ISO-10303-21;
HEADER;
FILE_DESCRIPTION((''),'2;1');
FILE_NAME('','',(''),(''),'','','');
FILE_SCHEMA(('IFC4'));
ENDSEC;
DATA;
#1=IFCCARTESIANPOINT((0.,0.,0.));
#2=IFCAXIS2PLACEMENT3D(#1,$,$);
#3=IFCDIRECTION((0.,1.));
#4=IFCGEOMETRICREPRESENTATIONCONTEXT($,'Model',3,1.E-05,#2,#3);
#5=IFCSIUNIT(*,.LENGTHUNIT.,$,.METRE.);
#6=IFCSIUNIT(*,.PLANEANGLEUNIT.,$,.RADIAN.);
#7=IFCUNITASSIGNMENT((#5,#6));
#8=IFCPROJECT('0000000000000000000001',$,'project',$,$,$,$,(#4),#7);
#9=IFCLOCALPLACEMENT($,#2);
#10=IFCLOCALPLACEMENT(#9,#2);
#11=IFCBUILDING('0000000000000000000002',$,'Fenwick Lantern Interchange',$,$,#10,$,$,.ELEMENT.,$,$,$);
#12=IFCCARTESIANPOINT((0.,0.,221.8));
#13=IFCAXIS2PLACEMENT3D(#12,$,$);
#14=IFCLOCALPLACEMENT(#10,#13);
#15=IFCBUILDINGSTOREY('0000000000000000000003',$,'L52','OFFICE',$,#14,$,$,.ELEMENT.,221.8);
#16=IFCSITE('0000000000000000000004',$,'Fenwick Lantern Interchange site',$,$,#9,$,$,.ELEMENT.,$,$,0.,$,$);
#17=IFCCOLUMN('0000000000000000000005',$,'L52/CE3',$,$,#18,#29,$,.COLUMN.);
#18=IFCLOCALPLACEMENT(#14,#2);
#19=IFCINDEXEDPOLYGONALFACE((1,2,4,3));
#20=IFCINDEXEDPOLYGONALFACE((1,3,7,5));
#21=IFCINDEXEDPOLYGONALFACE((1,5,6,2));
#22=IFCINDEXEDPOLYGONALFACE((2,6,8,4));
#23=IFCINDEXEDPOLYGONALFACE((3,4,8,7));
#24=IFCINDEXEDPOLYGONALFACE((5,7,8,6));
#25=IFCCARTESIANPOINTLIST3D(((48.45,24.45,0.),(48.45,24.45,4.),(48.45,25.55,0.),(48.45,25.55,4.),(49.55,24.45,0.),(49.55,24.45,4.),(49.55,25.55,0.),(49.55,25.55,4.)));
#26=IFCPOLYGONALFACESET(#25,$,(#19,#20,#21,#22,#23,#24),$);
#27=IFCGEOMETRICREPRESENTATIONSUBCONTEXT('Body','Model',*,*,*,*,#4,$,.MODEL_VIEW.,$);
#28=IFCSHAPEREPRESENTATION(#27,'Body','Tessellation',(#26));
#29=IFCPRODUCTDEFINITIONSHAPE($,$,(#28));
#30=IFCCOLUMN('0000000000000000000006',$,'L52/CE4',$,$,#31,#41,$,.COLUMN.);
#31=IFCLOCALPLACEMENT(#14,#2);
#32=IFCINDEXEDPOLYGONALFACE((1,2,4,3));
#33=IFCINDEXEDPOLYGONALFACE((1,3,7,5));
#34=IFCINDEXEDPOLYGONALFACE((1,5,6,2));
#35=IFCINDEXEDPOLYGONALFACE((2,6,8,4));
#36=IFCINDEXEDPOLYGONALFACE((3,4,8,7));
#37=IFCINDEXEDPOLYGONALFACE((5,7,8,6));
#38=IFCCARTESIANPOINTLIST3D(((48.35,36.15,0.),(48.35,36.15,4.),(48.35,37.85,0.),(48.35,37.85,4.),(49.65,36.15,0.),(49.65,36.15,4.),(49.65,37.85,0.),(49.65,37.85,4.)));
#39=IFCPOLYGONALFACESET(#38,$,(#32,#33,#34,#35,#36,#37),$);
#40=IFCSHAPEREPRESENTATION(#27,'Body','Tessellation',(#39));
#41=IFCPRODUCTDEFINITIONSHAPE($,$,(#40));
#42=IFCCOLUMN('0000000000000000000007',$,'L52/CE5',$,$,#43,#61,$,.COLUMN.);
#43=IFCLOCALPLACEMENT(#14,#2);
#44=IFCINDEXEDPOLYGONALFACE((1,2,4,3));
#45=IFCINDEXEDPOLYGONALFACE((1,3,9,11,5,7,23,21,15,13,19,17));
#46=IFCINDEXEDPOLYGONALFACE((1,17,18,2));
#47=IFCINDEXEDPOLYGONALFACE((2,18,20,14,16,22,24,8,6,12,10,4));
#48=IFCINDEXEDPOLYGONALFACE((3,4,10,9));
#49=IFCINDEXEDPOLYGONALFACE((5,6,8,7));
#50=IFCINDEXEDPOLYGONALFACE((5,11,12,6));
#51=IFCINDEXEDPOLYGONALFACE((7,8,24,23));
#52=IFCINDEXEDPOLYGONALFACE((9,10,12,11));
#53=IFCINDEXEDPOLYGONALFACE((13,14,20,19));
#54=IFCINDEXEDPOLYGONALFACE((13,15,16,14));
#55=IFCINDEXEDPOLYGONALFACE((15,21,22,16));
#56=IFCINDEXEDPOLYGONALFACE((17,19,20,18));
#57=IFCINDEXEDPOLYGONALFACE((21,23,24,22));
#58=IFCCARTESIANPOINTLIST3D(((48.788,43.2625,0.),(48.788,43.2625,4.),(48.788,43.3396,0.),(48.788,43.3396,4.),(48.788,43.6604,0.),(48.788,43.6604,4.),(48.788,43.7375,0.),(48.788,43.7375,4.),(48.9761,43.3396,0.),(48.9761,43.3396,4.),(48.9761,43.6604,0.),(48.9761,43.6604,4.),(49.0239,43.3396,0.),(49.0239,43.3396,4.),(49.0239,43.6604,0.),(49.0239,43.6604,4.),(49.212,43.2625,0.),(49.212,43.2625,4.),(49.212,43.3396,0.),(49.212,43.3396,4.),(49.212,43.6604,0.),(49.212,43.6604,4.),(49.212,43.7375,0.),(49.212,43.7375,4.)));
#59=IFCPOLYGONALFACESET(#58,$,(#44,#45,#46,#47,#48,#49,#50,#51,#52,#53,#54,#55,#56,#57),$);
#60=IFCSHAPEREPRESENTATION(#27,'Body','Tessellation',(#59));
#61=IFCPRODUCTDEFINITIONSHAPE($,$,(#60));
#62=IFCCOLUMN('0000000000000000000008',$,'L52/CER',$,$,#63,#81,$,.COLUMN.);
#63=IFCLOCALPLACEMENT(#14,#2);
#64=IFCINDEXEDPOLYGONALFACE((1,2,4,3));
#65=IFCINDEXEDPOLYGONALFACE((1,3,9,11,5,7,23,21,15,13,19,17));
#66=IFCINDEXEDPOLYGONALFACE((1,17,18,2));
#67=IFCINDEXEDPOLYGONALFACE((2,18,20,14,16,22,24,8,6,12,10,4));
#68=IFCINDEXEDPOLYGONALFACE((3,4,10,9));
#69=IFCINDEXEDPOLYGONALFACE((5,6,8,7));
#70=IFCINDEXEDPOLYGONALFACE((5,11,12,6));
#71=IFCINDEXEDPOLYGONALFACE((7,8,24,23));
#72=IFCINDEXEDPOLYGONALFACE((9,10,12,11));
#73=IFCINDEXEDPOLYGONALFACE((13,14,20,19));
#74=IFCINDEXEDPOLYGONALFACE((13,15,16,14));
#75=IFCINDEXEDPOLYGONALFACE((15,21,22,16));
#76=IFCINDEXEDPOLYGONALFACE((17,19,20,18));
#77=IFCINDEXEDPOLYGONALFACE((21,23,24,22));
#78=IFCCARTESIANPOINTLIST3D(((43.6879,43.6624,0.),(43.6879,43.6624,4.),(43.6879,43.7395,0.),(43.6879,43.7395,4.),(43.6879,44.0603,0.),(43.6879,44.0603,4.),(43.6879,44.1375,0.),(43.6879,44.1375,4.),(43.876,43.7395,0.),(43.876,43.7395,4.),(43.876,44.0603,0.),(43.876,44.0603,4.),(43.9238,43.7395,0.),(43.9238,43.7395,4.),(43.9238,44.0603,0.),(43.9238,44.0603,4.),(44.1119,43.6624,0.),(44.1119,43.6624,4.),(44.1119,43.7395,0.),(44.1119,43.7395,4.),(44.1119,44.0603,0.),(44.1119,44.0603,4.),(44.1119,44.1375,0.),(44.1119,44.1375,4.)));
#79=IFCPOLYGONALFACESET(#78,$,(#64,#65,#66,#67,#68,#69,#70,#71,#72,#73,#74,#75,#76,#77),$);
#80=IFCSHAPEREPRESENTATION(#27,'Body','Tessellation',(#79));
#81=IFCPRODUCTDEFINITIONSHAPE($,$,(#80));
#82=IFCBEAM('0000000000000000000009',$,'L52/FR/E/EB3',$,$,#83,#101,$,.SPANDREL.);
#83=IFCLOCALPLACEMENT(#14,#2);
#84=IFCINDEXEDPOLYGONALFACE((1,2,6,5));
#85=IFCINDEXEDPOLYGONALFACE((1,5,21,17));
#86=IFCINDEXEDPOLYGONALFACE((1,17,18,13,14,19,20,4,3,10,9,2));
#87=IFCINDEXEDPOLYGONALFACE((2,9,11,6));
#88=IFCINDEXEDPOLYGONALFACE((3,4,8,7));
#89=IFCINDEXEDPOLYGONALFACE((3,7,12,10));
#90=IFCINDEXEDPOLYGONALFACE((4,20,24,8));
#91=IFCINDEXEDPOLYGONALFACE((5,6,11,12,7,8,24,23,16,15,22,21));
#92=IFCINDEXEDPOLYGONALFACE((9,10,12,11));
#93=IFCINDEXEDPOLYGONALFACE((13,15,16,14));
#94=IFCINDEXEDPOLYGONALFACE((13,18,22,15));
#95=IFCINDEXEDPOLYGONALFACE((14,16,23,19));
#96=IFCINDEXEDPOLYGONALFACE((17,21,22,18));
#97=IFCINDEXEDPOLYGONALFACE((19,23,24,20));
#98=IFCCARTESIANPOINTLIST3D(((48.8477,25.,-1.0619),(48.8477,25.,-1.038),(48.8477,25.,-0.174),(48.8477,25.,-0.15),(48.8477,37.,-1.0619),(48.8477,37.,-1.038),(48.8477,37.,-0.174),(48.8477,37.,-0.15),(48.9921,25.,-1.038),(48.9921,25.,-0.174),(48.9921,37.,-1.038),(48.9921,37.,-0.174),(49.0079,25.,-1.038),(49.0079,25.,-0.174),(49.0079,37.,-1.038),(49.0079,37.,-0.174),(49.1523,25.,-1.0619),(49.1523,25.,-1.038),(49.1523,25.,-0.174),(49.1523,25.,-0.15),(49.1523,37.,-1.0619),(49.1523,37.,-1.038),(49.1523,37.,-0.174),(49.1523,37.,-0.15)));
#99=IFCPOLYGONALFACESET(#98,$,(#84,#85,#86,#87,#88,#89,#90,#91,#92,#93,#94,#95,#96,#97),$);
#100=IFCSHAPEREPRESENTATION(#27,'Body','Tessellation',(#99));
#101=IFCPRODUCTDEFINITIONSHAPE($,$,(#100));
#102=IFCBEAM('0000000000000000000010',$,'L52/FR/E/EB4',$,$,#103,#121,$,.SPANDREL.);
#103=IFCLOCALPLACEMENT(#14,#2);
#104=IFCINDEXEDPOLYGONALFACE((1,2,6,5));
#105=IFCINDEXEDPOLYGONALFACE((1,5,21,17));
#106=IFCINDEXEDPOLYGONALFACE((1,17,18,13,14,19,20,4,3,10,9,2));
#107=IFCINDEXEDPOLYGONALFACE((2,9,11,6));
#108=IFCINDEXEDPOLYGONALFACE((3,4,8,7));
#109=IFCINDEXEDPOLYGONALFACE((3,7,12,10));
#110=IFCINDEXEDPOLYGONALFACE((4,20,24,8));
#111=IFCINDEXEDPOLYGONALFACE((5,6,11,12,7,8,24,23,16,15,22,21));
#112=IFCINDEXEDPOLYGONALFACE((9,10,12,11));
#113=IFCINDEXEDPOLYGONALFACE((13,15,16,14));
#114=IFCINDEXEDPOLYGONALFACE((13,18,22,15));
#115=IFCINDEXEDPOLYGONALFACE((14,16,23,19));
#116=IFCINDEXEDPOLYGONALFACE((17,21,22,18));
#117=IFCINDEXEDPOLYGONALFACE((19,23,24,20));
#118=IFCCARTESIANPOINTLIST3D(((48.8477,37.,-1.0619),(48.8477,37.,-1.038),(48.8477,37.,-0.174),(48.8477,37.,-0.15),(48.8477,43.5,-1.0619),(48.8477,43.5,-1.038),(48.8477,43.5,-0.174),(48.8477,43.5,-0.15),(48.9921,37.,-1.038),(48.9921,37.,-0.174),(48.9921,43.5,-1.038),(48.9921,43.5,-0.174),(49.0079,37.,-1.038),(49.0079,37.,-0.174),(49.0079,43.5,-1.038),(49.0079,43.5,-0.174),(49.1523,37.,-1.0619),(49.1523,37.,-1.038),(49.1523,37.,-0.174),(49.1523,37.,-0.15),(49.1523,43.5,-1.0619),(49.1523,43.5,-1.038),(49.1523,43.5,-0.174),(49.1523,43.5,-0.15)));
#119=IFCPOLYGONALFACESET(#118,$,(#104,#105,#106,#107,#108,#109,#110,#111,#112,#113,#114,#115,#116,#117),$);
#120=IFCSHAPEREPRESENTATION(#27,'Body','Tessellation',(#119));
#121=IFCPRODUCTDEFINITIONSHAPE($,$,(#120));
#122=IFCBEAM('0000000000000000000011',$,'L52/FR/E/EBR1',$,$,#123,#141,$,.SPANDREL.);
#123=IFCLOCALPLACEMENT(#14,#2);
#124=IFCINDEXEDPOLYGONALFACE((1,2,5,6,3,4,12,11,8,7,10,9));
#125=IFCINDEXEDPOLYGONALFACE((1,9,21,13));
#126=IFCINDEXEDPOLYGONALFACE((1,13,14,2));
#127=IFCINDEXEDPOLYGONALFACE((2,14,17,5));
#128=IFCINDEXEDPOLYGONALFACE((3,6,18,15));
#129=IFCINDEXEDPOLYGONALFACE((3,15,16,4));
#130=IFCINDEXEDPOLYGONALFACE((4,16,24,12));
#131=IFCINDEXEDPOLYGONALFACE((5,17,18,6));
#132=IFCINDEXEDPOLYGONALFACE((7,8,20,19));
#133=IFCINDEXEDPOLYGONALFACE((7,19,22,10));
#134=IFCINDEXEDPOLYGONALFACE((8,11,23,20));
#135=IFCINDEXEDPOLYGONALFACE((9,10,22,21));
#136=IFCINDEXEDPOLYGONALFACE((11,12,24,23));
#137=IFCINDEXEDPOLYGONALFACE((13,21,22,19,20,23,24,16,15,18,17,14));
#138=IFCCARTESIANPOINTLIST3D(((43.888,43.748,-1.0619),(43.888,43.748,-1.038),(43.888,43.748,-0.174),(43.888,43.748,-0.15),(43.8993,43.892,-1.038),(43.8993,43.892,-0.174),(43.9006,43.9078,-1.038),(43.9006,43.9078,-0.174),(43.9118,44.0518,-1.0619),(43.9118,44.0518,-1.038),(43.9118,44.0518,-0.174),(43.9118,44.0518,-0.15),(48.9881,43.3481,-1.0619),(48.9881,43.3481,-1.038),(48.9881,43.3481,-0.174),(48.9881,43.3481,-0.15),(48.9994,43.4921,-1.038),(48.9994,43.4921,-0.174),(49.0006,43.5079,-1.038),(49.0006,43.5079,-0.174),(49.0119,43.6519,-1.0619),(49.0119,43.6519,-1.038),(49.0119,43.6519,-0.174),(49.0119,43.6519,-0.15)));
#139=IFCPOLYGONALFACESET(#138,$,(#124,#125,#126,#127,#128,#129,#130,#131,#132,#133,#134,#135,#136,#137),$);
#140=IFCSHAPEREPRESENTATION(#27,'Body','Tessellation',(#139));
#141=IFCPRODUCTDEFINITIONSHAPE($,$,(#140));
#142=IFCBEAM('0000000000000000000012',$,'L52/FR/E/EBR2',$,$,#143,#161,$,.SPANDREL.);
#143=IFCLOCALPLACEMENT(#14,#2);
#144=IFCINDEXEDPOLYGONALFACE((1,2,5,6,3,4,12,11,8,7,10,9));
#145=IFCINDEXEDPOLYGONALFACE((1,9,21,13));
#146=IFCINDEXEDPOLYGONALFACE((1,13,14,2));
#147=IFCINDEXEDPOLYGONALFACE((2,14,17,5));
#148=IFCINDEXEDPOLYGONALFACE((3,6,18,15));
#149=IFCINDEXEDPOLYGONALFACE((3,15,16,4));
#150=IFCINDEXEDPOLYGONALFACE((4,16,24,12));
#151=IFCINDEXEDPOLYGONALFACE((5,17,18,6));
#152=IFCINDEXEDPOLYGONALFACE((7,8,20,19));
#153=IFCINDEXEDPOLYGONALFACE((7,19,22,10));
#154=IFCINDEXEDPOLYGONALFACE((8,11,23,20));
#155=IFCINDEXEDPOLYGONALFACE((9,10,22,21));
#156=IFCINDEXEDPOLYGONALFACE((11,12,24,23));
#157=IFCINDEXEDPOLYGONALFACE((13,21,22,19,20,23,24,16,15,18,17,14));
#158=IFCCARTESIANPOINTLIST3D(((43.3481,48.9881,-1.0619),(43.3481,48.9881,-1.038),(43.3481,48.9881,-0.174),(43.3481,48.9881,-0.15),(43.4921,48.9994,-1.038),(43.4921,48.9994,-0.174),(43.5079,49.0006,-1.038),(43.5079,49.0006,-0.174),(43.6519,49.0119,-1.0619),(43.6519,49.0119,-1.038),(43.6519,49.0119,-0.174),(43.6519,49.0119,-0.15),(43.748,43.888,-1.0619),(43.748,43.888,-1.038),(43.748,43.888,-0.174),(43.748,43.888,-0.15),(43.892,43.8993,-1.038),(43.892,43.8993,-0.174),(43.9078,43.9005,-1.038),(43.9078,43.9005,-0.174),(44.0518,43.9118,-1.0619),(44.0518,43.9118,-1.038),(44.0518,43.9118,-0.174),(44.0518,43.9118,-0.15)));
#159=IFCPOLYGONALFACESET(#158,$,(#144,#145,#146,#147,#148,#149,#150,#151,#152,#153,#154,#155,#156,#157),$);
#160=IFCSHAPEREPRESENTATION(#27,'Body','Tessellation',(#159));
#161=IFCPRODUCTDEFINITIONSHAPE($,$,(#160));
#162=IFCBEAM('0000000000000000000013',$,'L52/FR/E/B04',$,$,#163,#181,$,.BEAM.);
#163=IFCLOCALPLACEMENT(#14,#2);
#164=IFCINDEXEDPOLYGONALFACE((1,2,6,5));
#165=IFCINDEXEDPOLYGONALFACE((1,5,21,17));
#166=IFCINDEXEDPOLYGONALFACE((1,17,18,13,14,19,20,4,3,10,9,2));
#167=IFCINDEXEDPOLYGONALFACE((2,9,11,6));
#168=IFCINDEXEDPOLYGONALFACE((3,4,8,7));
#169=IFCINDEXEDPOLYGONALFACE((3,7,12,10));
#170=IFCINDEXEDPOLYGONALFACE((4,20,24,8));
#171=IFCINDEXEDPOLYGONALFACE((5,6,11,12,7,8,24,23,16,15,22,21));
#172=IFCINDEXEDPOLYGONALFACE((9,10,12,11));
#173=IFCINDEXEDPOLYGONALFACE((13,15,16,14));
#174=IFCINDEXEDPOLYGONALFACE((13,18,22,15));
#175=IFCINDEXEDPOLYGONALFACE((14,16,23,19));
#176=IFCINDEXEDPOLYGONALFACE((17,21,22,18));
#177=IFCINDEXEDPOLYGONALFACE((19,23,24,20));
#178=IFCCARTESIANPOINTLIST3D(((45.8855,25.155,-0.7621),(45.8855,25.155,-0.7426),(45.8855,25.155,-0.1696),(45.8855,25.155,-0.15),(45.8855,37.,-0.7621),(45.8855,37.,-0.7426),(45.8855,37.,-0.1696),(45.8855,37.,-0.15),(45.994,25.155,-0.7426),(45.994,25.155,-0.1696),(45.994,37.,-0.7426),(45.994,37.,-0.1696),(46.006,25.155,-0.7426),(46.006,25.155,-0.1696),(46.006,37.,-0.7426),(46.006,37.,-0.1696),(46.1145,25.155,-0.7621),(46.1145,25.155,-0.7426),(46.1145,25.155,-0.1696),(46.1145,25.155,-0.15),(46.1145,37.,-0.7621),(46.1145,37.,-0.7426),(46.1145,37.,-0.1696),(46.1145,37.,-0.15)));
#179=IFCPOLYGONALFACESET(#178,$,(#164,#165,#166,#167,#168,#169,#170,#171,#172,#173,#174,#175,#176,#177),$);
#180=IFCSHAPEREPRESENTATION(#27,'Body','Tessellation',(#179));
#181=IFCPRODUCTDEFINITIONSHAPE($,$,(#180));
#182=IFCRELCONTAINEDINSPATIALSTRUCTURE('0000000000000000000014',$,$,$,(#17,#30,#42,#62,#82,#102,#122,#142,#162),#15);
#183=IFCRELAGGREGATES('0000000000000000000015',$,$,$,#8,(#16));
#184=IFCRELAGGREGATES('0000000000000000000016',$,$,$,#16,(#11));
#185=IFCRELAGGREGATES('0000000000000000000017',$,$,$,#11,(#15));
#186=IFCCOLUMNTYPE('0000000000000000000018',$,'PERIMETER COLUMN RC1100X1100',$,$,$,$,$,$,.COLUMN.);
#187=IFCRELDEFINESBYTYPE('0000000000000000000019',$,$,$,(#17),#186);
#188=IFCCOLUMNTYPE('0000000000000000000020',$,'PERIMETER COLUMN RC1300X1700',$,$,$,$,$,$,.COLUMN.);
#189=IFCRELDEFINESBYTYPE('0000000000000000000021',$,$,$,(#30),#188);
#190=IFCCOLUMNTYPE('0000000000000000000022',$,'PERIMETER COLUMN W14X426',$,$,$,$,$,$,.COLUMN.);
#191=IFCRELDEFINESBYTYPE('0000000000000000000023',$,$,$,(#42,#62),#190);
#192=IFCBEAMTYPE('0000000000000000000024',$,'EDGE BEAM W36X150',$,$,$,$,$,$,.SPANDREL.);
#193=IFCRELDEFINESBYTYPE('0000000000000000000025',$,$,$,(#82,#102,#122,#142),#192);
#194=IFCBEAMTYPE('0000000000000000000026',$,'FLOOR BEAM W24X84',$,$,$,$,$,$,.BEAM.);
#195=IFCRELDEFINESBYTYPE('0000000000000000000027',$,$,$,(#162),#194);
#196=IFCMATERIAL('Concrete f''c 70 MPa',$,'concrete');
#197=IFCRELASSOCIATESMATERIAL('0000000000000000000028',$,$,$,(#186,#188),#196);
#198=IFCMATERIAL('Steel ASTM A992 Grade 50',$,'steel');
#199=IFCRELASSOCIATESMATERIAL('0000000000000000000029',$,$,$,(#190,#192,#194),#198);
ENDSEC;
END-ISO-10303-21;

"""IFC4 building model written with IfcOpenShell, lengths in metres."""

from ifc_helpers import new_model, si_unit, direction, frame, origin, origin_2d, place, context, subcontext, project, spatial, rectangle, i_section, extrude, material, material_profile, profile_set, type_object, element, save


model = new_model("IFC4")

# Units and contexts
model_context = context("Model", 3, precision=1e-05, world=origin(), true_north=direction((0.0, 1.0)))
body_context = subcontext(model_context, "Body", "Model", "MODEL_VIEW")
ifc_project = project(units=[si_unit("LENGTHUNIT", "METRE"), si_unit("PLANEANGLEUNIT", "RADIAN")], contexts=[model_context])

# Site, building, storey
site_placement = place(None, origin())
site = spatial("IfcSite", under=ifc_project, at=site_placement, Name="Fenwick Lantern Interchange site", CompositionType="ELEMENT", RefElevation=0.0)
building_placement = place(site_placement, origin())
building = spatial("IfcBuilding", under=site, at=building_placement, Name="Fenwick Lantern Interchange", CompositionType="ELEMENT")
storey_placement = place(building_placement, frame((0.0, 0.0, 221.8)))
storey = spatial("IfcBuildingStorey", under=building, at=storey_placement, Name="L52", Description="OFFICE", CompositionType="ELEMENT", Elevation=221.8)

# Columns
ifc_material_1 = material(Name="Concrete f'c 70 MPa", Category="concrete")
ifc_material_profile_1 = material_profile(ifc_material_1, rectangle(XDim=1.1001, YDim=1.1001, at=origin_2d()), Name="RC1100X1100")
ifc_profile_set_1 = profile_set([ifc_material_profile_1], Name="Concrete f'c 70 MPa")
column_type_1 = type_object("IfcColumnType", Name="PERIMETER COLUMN RC1100X1100", PredefinedType="COLUMN", material=ifc_profile_set_1)
column_1_placement = place(storey_placement, frame((49.0, 25.0, 0.0), z_axis=(0.0, 0.0, 1.0), x_axis=(1.0, 0.0, 0.0)))
element("IfcColumn", 1, at=column_1_placement, inside=storey, type_object=column_type_1, Name="L52/CE3", PredefinedType="COLUMN", context=body_context, shape_type="SweptSolid", body=[
    extrude(rectangle(XDim=1.1001, YDim=1.1001, at=origin_2d()), origin(), (0.0, 0.0, 1.0), 4.0),
])
ifc_material_profile_2 = material_profile(ifc_material_1, rectangle(XDim=1.3, YDim=1.7, at=origin_2d()), Name="RC1300X1700")
ifc_profile_set_2 = profile_set([ifc_material_profile_2], Name="Concrete f'c 70 MPa")
column_type_2 = type_object("IfcColumnType", Name="PERIMETER COLUMN RC1300X1700", PredefinedType="COLUMN", material=ifc_profile_set_2)
column_2_placement = place(storey_placement, frame((49.0, 37.0, 0.0), z_axis=(0.0, 0.0, 1.0), x_axis=(1.0, 0.0, 0.0)))
element("IfcColumn", 2, at=column_2_placement, inside=storey, type_object=column_type_2, Name="L52/CE4", PredefinedType="COLUMN", context=body_context, shape_type="SweptSolid", body=[
    extrude(rectangle(XDim=1.3, YDim=1.7, at=origin_2d()), origin(), (0.0, 0.0, 1.0), 4.0),
])
ifc_material_2 = material(Name="Steel ASTM A992 Grade 50", Category="steel")
ifc_material_profile_3 = material_profile(ifc_material_2, i_section(OverallWidth=0.4241, OverallDepth=0.4751, WebThickness=0.0479, FlangeThickness=0.0771, at=origin_2d()), Name="W14X426")
ifc_profile_set_3 = profile_set([ifc_material_profile_3], Name="Steel ASTM A992 Grade 50")
column_type_3 = type_object("IfcColumnType", Name="PERIMETER COLUMN W14X426", PredefinedType="COLUMN", material=ifc_profile_set_3)
for number, where, z_axis, x_axis, name in (
    (3, (49.0, 43.5, 0.0), (0.0, 0.0, 1.0), (1.0, 0.0, 0.0), "L52/CE5"),
    (4, (43.8999, 43.8999, 0.0), (0.0, 0.0, 1.0), (1.0, 0.0, 0.0), "L52/CER"),
):
    element("IfcColumn", number, at=place(storey_placement, frame(where, z_axis=z_axis, x_axis=x_axis)), inside=storey, type_object=column_type_3, Name=name, PredefinedType="COLUMN", context=body_context, shape_type="SweptSolid", body=[
        extrude(i_section(OverallWidth=0.4241, OverallDepth=0.4751, WebThickness=0.0479, FlangeThickness=0.0771, at=origin_2d()), origin(), (0.0, 0.0, 1.0), 4.0),
    ])

# Beams
ifc_material_profile_4 = material_profile(ifc_material_2, i_section(OverallWidth=0.3047, OverallDepth=0.9119, WebThickness=0.0159, FlangeThickness=0.0239, at=origin_2d()), Name="W36X150")
ifc_profile_set_4 = profile_set([ifc_material_profile_4], Name="Steel ASTM A992 Grade 50")
beam_type_1 = type_object("IfcBeamType", Name="EDGE BEAM W36X150", PredefinedType="SPANDREL", material=ifc_profile_set_4)
beam_1_placement = place(storey_placement, frame((49.0, 25.0, -0.606), z_axis=(0.0, 1.0, 0.0), x_axis=(-1.0, 0.0, 0.0)))
element("IfcBeam", 5, at=beam_1_placement, inside=storey, type_object=beam_type_1, Name="L52/FR/E/EB3", PredefinedType="SPANDREL", context=body_context, shape_type="SweptSolid", body=[
    extrude(i_section(OverallWidth=0.3047, OverallDepth=0.9119, WebThickness=0.0159, FlangeThickness=0.0239, at=origin_2d()), origin(), (0.0, 0.0, 1.0), 12.0),
])
beam_2_placement = place(storey_placement, frame((49.0, 37.0, -0.606), z_axis=(0.0, 1.0, 0.0), x_axis=(-1.0, 0.0, 0.0)))
element("IfcBeam", 6, at=beam_2_placement, inside=storey, type_object=beam_type_1, Name="L52/FR/E/EB4", PredefinedType="SPANDREL", context=body_context, shape_type="SweptSolid", body=[
    extrude(i_section(OverallWidth=0.3047, OverallDepth=0.9119, WebThickness=0.0159, FlangeThickness=0.0239, at=origin_2d()), origin(), (0.0, 0.0, 1.0), 6.5),
])
for number, where, z_axis, x_axis, name in (
    (7, (49.0, 43.5, -0.606), (-0.99694, 0.078171, 0.0), (-0.078171, -0.99694, 0.0), "L52/FR/E/EBR1"),
    (8, (43.8999, 43.8999, -0.606), (-0.078171, 0.99694, 0.0), (-0.99694, -0.078171, 0.0), "L52/FR/E/EBR2"),
):
    element("IfcBeam", number, at=place(storey_placement, frame(where, z_axis=z_axis, x_axis=x_axis)), inside=storey, type_object=beam_type_1, Name=name, PredefinedType="SPANDREL", context=body_context, shape_type="SweptSolid", body=[
        extrude(i_section(OverallWidth=0.3047, OverallDepth=0.9119, WebThickness=0.0159, FlangeThickness=0.0239, at=origin_2d()), origin(), (0.0, 0.0, 1.0), 5.1157),
    ])
ifc_material_profile_5 = material_profile(ifc_material_2, i_section(OverallWidth=0.229, OverallDepth=0.6121, WebThickness=0.012, FlangeThickness=0.0195, at=origin_2d()), Name="W24X84")
ifc_profile_set_5 = profile_set([ifc_material_profile_5], Name="Steel ASTM A992 Grade 50")
beam_type_2 = type_object("IfcBeamType", Name="FLOOR BEAM W24X84", PredefinedType="BEAM", material=ifc_profile_set_5)
beam_3_placement = place(storey_placement, frame((46.0, 25.155, -0.4561), z_axis=(0.0, 1.0, 0.0), x_axis=(-1.0, 0.0, 0.0)))
element("IfcBeam", 9, at=beam_3_placement, inside=storey, type_object=beam_type_2, Name="L52/FR/E/B04", PredefinedType="BEAM", context=body_context, shape_type="SweptSolid", body=[
    extrude(i_section(OverallWidth=0.229, OverallDepth=0.6121, WebThickness=0.012, FlangeThickness=0.0195, at=origin_2d()), origin(), (0.0, 0.0, 1.0), 11.845),
])

save(model, "model.ifc")
